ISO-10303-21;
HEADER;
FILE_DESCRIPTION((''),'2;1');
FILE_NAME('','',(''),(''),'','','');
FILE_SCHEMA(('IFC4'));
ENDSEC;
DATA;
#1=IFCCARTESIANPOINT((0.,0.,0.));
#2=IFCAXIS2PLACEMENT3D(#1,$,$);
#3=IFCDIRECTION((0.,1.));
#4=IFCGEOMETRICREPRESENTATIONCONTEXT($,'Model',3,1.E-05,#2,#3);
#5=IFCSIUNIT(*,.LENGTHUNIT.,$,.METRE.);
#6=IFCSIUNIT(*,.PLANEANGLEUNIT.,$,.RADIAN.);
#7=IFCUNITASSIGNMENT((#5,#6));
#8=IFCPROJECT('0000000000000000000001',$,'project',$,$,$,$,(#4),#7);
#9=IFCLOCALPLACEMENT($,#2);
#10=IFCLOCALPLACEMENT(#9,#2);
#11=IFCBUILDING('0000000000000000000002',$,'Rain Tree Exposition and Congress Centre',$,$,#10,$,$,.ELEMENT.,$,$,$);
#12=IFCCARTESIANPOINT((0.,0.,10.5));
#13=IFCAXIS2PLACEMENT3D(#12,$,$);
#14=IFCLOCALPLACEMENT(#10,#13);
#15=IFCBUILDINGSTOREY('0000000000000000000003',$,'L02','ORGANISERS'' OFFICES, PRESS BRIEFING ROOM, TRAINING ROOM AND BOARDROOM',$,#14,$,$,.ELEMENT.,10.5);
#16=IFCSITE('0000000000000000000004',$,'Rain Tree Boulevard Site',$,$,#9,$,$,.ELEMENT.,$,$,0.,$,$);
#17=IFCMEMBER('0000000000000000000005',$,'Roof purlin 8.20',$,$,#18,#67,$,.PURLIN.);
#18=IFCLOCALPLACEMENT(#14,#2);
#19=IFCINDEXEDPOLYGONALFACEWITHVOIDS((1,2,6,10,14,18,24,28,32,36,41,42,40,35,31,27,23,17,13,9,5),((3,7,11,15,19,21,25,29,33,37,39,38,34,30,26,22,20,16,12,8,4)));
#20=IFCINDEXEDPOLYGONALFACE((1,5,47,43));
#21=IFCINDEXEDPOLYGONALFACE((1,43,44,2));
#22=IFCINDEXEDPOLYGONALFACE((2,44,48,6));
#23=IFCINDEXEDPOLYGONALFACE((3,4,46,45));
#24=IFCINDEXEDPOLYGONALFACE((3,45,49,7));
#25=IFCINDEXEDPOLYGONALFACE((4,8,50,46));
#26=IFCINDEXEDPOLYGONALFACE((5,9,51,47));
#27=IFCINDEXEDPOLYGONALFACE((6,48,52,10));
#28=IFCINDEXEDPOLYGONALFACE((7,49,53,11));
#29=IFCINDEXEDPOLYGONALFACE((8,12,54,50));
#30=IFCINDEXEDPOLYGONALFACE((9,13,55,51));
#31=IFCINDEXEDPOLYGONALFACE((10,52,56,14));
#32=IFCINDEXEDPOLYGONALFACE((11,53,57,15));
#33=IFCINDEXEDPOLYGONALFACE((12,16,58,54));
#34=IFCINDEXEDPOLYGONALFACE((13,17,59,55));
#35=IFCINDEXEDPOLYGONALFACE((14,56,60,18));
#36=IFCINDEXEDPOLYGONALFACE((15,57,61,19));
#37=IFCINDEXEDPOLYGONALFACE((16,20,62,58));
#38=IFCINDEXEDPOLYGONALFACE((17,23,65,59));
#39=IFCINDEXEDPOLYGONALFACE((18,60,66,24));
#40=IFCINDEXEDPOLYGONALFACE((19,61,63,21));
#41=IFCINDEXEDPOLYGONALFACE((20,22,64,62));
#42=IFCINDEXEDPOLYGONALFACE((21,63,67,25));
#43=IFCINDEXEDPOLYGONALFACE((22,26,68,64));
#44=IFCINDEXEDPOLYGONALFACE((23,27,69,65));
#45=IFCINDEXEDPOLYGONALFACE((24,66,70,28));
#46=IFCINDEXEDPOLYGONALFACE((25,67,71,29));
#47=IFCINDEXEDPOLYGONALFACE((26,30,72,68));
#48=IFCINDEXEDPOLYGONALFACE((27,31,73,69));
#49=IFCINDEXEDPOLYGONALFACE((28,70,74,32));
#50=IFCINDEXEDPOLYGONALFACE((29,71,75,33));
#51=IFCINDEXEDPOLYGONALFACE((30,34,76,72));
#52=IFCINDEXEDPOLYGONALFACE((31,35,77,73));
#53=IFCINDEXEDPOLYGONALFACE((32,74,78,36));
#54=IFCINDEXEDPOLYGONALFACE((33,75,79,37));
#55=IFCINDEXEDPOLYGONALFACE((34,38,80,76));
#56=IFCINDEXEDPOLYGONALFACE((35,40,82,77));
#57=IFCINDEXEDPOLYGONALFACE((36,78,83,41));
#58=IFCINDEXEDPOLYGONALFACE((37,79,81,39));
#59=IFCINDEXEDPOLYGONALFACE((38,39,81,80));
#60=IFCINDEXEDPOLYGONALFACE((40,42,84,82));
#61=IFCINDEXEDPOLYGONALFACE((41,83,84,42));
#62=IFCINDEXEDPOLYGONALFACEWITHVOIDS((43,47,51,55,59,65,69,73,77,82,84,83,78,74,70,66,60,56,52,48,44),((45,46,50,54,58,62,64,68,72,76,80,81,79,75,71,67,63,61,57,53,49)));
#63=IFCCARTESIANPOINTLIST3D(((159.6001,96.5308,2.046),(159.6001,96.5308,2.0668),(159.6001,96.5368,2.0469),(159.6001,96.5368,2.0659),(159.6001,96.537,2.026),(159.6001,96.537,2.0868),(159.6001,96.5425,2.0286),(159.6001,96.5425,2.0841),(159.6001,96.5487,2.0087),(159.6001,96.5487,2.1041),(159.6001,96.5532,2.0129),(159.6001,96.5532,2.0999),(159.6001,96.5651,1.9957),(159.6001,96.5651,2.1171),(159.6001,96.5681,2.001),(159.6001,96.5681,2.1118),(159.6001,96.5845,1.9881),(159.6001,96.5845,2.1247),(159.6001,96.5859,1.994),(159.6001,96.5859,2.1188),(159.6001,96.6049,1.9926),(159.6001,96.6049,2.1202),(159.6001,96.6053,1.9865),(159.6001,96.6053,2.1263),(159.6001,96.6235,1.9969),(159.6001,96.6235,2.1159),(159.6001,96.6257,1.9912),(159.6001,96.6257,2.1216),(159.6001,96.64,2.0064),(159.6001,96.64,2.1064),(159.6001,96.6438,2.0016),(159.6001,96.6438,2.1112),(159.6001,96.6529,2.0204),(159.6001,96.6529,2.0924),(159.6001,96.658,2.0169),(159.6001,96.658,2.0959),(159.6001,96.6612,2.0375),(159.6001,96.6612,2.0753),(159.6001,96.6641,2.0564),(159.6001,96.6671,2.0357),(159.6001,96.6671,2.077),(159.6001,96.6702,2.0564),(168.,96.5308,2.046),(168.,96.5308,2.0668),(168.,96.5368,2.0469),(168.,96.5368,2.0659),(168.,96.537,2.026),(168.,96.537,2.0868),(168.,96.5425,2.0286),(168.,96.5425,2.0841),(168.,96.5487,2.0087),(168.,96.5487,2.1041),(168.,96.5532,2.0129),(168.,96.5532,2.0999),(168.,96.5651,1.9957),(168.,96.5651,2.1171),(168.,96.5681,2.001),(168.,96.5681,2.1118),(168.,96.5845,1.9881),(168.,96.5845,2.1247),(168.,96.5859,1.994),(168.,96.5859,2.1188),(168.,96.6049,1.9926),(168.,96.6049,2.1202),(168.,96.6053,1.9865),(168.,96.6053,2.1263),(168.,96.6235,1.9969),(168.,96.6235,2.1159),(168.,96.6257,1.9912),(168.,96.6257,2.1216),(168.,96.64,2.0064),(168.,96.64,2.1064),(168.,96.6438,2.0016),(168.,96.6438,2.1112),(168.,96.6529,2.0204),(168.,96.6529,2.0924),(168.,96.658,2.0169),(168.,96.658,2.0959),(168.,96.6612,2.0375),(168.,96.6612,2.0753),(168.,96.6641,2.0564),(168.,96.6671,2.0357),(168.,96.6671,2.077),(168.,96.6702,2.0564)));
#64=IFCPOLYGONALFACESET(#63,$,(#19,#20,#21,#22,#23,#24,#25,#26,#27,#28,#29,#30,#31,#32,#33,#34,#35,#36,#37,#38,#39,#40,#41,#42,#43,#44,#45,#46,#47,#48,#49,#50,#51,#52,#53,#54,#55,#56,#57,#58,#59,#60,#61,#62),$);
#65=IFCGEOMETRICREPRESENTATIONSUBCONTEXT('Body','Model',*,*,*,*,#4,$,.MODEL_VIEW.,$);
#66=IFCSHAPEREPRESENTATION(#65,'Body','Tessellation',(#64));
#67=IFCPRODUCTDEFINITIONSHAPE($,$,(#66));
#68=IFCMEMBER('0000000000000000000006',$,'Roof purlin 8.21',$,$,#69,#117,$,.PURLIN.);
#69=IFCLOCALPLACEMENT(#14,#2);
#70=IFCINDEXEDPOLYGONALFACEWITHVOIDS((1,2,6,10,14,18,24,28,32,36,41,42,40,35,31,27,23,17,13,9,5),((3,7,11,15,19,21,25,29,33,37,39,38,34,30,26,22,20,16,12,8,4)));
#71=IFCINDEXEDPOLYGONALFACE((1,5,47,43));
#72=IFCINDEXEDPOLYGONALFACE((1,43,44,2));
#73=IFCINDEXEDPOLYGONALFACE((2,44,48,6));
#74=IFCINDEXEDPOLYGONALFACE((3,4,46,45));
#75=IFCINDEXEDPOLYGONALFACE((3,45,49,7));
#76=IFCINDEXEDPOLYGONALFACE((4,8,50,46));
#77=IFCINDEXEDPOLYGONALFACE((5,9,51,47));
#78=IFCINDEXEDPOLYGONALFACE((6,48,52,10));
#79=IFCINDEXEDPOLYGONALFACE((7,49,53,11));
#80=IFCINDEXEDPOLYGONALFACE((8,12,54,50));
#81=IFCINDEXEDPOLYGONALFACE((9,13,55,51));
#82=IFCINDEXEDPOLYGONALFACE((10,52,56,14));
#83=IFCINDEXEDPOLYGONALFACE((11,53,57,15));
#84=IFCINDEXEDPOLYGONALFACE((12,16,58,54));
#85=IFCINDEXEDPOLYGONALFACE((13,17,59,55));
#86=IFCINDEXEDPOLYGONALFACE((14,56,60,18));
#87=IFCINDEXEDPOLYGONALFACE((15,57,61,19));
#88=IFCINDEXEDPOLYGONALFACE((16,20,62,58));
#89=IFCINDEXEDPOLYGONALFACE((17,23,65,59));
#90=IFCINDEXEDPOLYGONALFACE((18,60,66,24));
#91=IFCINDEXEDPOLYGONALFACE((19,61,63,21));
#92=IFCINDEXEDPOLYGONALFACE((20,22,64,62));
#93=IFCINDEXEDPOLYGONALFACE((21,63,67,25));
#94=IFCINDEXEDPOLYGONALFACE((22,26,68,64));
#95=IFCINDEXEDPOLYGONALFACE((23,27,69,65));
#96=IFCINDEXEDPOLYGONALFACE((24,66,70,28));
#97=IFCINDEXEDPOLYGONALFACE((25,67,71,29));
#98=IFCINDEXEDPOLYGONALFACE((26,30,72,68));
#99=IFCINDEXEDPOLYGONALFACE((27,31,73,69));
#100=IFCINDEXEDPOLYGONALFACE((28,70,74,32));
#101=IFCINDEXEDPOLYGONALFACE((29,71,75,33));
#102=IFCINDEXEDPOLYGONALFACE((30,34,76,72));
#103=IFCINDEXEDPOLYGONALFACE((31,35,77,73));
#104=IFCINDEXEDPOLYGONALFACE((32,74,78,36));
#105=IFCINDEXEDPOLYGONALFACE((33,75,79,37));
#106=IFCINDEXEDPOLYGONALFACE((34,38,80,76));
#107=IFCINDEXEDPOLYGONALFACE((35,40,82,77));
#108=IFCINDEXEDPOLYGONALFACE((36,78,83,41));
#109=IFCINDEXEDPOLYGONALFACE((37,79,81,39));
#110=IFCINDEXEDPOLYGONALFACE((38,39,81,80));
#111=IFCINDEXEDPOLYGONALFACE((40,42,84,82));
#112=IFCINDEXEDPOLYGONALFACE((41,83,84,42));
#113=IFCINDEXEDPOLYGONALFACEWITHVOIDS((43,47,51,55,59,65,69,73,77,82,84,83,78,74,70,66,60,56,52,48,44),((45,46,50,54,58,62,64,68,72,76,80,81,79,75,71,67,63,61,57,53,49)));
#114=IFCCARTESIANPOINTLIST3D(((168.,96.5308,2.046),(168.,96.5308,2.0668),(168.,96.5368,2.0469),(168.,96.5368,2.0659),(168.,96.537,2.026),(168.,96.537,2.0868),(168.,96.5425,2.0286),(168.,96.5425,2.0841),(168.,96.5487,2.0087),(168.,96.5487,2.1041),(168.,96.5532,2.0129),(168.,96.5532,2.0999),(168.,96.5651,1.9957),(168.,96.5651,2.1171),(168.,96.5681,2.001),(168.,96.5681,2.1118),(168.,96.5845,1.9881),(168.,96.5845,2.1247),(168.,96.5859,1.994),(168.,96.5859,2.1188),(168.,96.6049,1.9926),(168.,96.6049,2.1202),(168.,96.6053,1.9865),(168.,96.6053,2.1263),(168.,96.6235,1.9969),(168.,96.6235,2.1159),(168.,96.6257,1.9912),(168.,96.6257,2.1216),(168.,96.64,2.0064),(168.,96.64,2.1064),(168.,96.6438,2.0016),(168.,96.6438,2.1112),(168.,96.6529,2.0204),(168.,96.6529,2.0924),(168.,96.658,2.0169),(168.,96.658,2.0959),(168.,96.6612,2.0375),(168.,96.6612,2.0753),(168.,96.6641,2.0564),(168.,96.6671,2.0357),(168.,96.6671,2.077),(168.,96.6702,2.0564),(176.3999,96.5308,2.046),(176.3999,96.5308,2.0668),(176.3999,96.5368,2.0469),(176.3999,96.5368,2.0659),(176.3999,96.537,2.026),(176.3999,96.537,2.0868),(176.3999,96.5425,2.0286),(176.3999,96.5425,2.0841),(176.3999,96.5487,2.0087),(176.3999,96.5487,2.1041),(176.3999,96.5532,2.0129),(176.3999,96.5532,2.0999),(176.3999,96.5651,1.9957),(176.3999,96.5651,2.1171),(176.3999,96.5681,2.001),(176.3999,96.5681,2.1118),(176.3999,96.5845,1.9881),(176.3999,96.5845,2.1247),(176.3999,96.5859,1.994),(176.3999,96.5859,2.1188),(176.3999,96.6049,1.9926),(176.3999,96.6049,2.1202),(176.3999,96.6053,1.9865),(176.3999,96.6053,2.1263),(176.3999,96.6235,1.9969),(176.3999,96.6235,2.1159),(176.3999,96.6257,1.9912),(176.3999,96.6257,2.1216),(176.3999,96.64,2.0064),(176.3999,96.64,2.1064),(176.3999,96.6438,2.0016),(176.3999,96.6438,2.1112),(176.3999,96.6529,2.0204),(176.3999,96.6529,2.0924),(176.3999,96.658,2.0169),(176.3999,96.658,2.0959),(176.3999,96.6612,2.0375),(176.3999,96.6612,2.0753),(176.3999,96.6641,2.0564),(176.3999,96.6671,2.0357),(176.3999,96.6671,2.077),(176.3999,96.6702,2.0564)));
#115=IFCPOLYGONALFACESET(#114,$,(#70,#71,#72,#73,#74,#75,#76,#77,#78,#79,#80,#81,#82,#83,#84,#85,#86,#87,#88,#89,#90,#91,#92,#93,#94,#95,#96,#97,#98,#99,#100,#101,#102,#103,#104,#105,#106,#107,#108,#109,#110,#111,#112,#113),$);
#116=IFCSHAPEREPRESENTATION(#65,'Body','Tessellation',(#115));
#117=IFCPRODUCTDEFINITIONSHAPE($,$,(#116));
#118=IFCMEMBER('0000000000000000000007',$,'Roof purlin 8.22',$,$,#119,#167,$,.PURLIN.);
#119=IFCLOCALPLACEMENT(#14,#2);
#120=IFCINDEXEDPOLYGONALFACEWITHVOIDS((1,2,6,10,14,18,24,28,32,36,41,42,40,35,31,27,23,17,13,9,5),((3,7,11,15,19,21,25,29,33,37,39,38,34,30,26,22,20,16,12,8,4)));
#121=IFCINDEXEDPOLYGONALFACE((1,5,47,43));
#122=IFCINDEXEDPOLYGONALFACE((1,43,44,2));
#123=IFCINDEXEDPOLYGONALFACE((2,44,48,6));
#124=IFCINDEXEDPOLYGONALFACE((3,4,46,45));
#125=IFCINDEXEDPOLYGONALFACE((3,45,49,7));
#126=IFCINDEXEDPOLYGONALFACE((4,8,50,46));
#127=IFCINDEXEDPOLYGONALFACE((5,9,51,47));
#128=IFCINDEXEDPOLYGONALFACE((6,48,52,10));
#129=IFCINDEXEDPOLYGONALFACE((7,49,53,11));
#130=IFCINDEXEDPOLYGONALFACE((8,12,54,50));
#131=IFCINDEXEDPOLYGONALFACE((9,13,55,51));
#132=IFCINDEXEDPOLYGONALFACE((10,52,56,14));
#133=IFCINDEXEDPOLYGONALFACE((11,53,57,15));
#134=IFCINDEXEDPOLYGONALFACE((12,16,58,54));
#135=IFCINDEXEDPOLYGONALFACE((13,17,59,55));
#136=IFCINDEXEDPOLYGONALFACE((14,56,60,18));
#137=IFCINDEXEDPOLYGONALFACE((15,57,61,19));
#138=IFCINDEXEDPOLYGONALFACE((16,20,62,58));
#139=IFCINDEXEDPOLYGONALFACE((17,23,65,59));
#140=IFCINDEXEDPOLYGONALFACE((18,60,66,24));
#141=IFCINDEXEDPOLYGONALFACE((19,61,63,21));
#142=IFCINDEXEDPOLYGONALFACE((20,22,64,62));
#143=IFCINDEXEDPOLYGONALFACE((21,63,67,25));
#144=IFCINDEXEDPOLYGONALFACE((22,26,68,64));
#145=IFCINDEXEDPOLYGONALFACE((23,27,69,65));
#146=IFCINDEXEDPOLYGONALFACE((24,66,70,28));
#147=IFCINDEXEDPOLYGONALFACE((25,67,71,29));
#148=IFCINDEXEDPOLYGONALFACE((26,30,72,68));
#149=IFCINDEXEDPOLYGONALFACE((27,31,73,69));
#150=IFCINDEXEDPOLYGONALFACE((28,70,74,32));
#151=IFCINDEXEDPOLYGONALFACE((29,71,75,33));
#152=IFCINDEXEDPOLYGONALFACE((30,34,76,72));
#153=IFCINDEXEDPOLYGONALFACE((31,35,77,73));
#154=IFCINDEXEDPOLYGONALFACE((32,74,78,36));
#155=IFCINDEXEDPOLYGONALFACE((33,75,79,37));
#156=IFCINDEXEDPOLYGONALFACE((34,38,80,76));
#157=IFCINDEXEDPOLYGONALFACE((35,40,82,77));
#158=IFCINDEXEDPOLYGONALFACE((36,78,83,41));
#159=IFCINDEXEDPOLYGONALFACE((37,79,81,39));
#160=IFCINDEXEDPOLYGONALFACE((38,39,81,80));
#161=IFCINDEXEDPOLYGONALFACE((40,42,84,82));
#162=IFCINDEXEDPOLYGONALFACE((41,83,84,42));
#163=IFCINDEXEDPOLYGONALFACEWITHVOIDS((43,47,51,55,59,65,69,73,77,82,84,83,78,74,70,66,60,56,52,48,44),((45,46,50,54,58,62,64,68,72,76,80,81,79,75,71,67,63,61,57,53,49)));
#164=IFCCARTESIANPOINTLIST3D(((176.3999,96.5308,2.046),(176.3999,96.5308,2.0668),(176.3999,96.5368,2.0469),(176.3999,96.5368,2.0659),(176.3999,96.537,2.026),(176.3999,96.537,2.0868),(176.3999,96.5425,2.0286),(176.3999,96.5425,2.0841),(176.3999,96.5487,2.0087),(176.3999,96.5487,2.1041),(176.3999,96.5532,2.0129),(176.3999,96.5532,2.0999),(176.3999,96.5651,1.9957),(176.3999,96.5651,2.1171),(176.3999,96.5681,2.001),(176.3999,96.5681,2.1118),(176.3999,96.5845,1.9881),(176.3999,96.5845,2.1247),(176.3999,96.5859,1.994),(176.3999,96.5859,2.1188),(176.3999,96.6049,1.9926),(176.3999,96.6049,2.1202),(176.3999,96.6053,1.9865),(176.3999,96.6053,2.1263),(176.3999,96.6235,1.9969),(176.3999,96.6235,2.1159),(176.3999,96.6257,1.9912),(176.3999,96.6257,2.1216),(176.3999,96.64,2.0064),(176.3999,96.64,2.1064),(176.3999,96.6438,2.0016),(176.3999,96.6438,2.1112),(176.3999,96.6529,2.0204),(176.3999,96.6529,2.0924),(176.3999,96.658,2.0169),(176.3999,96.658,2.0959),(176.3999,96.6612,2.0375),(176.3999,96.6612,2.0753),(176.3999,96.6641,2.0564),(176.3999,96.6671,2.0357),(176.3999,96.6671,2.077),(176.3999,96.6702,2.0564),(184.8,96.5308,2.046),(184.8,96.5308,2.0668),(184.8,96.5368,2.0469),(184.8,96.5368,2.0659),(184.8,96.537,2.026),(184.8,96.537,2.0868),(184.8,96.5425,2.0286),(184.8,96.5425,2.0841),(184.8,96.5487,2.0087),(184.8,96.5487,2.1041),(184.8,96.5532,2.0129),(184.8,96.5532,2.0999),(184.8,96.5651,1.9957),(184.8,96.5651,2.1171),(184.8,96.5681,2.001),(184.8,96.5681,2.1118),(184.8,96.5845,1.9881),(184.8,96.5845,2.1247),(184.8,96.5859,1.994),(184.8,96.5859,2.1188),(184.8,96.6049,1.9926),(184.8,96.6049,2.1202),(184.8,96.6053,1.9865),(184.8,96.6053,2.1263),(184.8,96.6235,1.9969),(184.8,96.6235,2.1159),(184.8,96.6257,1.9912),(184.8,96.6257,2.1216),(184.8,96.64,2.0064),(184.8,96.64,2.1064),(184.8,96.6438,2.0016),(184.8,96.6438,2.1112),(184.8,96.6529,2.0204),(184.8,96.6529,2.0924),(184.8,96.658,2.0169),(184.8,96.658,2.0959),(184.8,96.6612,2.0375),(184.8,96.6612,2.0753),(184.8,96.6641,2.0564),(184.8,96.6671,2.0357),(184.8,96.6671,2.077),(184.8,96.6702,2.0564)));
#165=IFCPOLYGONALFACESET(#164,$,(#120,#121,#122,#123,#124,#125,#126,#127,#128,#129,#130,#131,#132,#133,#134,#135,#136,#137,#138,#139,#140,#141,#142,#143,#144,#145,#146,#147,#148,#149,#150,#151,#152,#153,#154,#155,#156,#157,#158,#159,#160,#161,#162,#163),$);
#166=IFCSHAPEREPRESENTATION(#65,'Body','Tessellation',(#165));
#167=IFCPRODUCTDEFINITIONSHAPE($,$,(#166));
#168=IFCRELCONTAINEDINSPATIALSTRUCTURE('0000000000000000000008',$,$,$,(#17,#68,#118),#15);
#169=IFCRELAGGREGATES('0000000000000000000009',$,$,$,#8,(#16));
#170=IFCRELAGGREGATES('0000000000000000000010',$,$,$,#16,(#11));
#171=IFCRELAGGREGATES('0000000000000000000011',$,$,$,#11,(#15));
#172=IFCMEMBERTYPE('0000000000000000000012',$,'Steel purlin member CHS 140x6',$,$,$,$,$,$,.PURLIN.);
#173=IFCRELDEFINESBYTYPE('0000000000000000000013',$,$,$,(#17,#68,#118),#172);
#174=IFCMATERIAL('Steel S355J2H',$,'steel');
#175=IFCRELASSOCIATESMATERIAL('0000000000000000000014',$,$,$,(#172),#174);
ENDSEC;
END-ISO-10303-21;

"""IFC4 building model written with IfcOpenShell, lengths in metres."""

from ifc_helpers import new_model, si_unit, direction, frame, origin, origin_2d, place, context, subcontext, project, spatial, hollow_circle, extrude, material, material_profile, profile_set, type_object, element, save


model = new_model("IFC4")

# Units and contexts
model_context = context("Model", 3, precision=1e-05, world=origin(), true_north=direction((0.0, 1.0)))
body_context = subcontext(model_context, "Body", "Model", "MODEL_VIEW")
ifc_project = project(units=[si_unit("LENGTHUNIT", "METRE"), si_unit("PLANEANGLEUNIT", "RADIAN")], contexts=[model_context])

# Site, building, storey
site_placement = place(None, origin())
site = spatial("IfcSite", under=ifc_project, at=site_placement, Name="Rain Tree Boulevard Site", CompositionType="ELEMENT", RefElevation=0.0)
building_placement = place(site_placement, origin())
building = spatial("IfcBuilding", under=site, at=building_placement, Name="Rain Tree Exposition and Congress Centre", CompositionType="ELEMENT")
storey_placement = place(building_placement, frame((0.0, 0.0, 10.5)))
storey = spatial("IfcBuildingStorey", under=building, at=storey_placement, Name="L02", Description="ORGANISERS' OFFICES, PRESS BRIEFING ROOM, TRAINING ROOM AND BOARDROOM", CompositionType="ELEMENT", Elevation=10.5)

# Members
ifc_material_1 = material(Name="Steel S355J2H", Category="steel")
ifc_material_profile_1 = material_profile(ifc_material_1, hollow_circle(Radius=0.0701, WallThickness=0.0061, at=origin_2d()), Name="CHS 140x6")
ifc_profile_set_1 = profile_set([ifc_material_profile_1], Name="Steel S355J2H")
member_type_1 = type_object("IfcMemberType", Name="Steel purlin member CHS 140x6", PredefinedType="PURLIN", material=ifc_profile_set_1)
for number, where, z_axis, x_axis, name in (
    (1, (159.6001, 96.6001, 2.0564), (1.0, 0.0, 0.0), (0.0, 1.0, 0.0), "Roof purlin 8.20"),
    (2, (168.0, 96.6001, 2.0564), (1.0, 0.0, 0.0), (0.0, 1.0, 0.0), "Roof purlin 8.21"),
):
    element("IfcMember", number, at=place(storey_placement, frame(where, z_axis=z_axis, x_axis=x_axis)), inside=storey, type_object=member_type_1, Name=name, PredefinedType="PURLIN", context=body_context, shape_type="SweptSolid", body=[
        extrude(hollow_circle(Radius=0.0701, WallThickness=0.0061, at=origin_2d()), origin(), (0.0, 0.0, 1.0), 8.3999),
    ])
member_1_placement = place(storey_placement, frame((176.3999, 96.6001, 2.0564), z_axis=(1.0, 0.0, 0.0), x_axis=(0.0, 1.0, 0.0)))
element("IfcMember", 3, at=member_1_placement, inside=storey, type_object=member_type_1, Name="Roof purlin 8.22", PredefinedType="PURLIN", context=body_context, shape_type="SweptSolid", body=[
    extrude(hollow_circle(Radius=0.0701, WallThickness=0.0061, at=origin_2d()), origin(), (0.0, 0.0, 1.0), 8.4001),
])

save(model, "model.ifc")
